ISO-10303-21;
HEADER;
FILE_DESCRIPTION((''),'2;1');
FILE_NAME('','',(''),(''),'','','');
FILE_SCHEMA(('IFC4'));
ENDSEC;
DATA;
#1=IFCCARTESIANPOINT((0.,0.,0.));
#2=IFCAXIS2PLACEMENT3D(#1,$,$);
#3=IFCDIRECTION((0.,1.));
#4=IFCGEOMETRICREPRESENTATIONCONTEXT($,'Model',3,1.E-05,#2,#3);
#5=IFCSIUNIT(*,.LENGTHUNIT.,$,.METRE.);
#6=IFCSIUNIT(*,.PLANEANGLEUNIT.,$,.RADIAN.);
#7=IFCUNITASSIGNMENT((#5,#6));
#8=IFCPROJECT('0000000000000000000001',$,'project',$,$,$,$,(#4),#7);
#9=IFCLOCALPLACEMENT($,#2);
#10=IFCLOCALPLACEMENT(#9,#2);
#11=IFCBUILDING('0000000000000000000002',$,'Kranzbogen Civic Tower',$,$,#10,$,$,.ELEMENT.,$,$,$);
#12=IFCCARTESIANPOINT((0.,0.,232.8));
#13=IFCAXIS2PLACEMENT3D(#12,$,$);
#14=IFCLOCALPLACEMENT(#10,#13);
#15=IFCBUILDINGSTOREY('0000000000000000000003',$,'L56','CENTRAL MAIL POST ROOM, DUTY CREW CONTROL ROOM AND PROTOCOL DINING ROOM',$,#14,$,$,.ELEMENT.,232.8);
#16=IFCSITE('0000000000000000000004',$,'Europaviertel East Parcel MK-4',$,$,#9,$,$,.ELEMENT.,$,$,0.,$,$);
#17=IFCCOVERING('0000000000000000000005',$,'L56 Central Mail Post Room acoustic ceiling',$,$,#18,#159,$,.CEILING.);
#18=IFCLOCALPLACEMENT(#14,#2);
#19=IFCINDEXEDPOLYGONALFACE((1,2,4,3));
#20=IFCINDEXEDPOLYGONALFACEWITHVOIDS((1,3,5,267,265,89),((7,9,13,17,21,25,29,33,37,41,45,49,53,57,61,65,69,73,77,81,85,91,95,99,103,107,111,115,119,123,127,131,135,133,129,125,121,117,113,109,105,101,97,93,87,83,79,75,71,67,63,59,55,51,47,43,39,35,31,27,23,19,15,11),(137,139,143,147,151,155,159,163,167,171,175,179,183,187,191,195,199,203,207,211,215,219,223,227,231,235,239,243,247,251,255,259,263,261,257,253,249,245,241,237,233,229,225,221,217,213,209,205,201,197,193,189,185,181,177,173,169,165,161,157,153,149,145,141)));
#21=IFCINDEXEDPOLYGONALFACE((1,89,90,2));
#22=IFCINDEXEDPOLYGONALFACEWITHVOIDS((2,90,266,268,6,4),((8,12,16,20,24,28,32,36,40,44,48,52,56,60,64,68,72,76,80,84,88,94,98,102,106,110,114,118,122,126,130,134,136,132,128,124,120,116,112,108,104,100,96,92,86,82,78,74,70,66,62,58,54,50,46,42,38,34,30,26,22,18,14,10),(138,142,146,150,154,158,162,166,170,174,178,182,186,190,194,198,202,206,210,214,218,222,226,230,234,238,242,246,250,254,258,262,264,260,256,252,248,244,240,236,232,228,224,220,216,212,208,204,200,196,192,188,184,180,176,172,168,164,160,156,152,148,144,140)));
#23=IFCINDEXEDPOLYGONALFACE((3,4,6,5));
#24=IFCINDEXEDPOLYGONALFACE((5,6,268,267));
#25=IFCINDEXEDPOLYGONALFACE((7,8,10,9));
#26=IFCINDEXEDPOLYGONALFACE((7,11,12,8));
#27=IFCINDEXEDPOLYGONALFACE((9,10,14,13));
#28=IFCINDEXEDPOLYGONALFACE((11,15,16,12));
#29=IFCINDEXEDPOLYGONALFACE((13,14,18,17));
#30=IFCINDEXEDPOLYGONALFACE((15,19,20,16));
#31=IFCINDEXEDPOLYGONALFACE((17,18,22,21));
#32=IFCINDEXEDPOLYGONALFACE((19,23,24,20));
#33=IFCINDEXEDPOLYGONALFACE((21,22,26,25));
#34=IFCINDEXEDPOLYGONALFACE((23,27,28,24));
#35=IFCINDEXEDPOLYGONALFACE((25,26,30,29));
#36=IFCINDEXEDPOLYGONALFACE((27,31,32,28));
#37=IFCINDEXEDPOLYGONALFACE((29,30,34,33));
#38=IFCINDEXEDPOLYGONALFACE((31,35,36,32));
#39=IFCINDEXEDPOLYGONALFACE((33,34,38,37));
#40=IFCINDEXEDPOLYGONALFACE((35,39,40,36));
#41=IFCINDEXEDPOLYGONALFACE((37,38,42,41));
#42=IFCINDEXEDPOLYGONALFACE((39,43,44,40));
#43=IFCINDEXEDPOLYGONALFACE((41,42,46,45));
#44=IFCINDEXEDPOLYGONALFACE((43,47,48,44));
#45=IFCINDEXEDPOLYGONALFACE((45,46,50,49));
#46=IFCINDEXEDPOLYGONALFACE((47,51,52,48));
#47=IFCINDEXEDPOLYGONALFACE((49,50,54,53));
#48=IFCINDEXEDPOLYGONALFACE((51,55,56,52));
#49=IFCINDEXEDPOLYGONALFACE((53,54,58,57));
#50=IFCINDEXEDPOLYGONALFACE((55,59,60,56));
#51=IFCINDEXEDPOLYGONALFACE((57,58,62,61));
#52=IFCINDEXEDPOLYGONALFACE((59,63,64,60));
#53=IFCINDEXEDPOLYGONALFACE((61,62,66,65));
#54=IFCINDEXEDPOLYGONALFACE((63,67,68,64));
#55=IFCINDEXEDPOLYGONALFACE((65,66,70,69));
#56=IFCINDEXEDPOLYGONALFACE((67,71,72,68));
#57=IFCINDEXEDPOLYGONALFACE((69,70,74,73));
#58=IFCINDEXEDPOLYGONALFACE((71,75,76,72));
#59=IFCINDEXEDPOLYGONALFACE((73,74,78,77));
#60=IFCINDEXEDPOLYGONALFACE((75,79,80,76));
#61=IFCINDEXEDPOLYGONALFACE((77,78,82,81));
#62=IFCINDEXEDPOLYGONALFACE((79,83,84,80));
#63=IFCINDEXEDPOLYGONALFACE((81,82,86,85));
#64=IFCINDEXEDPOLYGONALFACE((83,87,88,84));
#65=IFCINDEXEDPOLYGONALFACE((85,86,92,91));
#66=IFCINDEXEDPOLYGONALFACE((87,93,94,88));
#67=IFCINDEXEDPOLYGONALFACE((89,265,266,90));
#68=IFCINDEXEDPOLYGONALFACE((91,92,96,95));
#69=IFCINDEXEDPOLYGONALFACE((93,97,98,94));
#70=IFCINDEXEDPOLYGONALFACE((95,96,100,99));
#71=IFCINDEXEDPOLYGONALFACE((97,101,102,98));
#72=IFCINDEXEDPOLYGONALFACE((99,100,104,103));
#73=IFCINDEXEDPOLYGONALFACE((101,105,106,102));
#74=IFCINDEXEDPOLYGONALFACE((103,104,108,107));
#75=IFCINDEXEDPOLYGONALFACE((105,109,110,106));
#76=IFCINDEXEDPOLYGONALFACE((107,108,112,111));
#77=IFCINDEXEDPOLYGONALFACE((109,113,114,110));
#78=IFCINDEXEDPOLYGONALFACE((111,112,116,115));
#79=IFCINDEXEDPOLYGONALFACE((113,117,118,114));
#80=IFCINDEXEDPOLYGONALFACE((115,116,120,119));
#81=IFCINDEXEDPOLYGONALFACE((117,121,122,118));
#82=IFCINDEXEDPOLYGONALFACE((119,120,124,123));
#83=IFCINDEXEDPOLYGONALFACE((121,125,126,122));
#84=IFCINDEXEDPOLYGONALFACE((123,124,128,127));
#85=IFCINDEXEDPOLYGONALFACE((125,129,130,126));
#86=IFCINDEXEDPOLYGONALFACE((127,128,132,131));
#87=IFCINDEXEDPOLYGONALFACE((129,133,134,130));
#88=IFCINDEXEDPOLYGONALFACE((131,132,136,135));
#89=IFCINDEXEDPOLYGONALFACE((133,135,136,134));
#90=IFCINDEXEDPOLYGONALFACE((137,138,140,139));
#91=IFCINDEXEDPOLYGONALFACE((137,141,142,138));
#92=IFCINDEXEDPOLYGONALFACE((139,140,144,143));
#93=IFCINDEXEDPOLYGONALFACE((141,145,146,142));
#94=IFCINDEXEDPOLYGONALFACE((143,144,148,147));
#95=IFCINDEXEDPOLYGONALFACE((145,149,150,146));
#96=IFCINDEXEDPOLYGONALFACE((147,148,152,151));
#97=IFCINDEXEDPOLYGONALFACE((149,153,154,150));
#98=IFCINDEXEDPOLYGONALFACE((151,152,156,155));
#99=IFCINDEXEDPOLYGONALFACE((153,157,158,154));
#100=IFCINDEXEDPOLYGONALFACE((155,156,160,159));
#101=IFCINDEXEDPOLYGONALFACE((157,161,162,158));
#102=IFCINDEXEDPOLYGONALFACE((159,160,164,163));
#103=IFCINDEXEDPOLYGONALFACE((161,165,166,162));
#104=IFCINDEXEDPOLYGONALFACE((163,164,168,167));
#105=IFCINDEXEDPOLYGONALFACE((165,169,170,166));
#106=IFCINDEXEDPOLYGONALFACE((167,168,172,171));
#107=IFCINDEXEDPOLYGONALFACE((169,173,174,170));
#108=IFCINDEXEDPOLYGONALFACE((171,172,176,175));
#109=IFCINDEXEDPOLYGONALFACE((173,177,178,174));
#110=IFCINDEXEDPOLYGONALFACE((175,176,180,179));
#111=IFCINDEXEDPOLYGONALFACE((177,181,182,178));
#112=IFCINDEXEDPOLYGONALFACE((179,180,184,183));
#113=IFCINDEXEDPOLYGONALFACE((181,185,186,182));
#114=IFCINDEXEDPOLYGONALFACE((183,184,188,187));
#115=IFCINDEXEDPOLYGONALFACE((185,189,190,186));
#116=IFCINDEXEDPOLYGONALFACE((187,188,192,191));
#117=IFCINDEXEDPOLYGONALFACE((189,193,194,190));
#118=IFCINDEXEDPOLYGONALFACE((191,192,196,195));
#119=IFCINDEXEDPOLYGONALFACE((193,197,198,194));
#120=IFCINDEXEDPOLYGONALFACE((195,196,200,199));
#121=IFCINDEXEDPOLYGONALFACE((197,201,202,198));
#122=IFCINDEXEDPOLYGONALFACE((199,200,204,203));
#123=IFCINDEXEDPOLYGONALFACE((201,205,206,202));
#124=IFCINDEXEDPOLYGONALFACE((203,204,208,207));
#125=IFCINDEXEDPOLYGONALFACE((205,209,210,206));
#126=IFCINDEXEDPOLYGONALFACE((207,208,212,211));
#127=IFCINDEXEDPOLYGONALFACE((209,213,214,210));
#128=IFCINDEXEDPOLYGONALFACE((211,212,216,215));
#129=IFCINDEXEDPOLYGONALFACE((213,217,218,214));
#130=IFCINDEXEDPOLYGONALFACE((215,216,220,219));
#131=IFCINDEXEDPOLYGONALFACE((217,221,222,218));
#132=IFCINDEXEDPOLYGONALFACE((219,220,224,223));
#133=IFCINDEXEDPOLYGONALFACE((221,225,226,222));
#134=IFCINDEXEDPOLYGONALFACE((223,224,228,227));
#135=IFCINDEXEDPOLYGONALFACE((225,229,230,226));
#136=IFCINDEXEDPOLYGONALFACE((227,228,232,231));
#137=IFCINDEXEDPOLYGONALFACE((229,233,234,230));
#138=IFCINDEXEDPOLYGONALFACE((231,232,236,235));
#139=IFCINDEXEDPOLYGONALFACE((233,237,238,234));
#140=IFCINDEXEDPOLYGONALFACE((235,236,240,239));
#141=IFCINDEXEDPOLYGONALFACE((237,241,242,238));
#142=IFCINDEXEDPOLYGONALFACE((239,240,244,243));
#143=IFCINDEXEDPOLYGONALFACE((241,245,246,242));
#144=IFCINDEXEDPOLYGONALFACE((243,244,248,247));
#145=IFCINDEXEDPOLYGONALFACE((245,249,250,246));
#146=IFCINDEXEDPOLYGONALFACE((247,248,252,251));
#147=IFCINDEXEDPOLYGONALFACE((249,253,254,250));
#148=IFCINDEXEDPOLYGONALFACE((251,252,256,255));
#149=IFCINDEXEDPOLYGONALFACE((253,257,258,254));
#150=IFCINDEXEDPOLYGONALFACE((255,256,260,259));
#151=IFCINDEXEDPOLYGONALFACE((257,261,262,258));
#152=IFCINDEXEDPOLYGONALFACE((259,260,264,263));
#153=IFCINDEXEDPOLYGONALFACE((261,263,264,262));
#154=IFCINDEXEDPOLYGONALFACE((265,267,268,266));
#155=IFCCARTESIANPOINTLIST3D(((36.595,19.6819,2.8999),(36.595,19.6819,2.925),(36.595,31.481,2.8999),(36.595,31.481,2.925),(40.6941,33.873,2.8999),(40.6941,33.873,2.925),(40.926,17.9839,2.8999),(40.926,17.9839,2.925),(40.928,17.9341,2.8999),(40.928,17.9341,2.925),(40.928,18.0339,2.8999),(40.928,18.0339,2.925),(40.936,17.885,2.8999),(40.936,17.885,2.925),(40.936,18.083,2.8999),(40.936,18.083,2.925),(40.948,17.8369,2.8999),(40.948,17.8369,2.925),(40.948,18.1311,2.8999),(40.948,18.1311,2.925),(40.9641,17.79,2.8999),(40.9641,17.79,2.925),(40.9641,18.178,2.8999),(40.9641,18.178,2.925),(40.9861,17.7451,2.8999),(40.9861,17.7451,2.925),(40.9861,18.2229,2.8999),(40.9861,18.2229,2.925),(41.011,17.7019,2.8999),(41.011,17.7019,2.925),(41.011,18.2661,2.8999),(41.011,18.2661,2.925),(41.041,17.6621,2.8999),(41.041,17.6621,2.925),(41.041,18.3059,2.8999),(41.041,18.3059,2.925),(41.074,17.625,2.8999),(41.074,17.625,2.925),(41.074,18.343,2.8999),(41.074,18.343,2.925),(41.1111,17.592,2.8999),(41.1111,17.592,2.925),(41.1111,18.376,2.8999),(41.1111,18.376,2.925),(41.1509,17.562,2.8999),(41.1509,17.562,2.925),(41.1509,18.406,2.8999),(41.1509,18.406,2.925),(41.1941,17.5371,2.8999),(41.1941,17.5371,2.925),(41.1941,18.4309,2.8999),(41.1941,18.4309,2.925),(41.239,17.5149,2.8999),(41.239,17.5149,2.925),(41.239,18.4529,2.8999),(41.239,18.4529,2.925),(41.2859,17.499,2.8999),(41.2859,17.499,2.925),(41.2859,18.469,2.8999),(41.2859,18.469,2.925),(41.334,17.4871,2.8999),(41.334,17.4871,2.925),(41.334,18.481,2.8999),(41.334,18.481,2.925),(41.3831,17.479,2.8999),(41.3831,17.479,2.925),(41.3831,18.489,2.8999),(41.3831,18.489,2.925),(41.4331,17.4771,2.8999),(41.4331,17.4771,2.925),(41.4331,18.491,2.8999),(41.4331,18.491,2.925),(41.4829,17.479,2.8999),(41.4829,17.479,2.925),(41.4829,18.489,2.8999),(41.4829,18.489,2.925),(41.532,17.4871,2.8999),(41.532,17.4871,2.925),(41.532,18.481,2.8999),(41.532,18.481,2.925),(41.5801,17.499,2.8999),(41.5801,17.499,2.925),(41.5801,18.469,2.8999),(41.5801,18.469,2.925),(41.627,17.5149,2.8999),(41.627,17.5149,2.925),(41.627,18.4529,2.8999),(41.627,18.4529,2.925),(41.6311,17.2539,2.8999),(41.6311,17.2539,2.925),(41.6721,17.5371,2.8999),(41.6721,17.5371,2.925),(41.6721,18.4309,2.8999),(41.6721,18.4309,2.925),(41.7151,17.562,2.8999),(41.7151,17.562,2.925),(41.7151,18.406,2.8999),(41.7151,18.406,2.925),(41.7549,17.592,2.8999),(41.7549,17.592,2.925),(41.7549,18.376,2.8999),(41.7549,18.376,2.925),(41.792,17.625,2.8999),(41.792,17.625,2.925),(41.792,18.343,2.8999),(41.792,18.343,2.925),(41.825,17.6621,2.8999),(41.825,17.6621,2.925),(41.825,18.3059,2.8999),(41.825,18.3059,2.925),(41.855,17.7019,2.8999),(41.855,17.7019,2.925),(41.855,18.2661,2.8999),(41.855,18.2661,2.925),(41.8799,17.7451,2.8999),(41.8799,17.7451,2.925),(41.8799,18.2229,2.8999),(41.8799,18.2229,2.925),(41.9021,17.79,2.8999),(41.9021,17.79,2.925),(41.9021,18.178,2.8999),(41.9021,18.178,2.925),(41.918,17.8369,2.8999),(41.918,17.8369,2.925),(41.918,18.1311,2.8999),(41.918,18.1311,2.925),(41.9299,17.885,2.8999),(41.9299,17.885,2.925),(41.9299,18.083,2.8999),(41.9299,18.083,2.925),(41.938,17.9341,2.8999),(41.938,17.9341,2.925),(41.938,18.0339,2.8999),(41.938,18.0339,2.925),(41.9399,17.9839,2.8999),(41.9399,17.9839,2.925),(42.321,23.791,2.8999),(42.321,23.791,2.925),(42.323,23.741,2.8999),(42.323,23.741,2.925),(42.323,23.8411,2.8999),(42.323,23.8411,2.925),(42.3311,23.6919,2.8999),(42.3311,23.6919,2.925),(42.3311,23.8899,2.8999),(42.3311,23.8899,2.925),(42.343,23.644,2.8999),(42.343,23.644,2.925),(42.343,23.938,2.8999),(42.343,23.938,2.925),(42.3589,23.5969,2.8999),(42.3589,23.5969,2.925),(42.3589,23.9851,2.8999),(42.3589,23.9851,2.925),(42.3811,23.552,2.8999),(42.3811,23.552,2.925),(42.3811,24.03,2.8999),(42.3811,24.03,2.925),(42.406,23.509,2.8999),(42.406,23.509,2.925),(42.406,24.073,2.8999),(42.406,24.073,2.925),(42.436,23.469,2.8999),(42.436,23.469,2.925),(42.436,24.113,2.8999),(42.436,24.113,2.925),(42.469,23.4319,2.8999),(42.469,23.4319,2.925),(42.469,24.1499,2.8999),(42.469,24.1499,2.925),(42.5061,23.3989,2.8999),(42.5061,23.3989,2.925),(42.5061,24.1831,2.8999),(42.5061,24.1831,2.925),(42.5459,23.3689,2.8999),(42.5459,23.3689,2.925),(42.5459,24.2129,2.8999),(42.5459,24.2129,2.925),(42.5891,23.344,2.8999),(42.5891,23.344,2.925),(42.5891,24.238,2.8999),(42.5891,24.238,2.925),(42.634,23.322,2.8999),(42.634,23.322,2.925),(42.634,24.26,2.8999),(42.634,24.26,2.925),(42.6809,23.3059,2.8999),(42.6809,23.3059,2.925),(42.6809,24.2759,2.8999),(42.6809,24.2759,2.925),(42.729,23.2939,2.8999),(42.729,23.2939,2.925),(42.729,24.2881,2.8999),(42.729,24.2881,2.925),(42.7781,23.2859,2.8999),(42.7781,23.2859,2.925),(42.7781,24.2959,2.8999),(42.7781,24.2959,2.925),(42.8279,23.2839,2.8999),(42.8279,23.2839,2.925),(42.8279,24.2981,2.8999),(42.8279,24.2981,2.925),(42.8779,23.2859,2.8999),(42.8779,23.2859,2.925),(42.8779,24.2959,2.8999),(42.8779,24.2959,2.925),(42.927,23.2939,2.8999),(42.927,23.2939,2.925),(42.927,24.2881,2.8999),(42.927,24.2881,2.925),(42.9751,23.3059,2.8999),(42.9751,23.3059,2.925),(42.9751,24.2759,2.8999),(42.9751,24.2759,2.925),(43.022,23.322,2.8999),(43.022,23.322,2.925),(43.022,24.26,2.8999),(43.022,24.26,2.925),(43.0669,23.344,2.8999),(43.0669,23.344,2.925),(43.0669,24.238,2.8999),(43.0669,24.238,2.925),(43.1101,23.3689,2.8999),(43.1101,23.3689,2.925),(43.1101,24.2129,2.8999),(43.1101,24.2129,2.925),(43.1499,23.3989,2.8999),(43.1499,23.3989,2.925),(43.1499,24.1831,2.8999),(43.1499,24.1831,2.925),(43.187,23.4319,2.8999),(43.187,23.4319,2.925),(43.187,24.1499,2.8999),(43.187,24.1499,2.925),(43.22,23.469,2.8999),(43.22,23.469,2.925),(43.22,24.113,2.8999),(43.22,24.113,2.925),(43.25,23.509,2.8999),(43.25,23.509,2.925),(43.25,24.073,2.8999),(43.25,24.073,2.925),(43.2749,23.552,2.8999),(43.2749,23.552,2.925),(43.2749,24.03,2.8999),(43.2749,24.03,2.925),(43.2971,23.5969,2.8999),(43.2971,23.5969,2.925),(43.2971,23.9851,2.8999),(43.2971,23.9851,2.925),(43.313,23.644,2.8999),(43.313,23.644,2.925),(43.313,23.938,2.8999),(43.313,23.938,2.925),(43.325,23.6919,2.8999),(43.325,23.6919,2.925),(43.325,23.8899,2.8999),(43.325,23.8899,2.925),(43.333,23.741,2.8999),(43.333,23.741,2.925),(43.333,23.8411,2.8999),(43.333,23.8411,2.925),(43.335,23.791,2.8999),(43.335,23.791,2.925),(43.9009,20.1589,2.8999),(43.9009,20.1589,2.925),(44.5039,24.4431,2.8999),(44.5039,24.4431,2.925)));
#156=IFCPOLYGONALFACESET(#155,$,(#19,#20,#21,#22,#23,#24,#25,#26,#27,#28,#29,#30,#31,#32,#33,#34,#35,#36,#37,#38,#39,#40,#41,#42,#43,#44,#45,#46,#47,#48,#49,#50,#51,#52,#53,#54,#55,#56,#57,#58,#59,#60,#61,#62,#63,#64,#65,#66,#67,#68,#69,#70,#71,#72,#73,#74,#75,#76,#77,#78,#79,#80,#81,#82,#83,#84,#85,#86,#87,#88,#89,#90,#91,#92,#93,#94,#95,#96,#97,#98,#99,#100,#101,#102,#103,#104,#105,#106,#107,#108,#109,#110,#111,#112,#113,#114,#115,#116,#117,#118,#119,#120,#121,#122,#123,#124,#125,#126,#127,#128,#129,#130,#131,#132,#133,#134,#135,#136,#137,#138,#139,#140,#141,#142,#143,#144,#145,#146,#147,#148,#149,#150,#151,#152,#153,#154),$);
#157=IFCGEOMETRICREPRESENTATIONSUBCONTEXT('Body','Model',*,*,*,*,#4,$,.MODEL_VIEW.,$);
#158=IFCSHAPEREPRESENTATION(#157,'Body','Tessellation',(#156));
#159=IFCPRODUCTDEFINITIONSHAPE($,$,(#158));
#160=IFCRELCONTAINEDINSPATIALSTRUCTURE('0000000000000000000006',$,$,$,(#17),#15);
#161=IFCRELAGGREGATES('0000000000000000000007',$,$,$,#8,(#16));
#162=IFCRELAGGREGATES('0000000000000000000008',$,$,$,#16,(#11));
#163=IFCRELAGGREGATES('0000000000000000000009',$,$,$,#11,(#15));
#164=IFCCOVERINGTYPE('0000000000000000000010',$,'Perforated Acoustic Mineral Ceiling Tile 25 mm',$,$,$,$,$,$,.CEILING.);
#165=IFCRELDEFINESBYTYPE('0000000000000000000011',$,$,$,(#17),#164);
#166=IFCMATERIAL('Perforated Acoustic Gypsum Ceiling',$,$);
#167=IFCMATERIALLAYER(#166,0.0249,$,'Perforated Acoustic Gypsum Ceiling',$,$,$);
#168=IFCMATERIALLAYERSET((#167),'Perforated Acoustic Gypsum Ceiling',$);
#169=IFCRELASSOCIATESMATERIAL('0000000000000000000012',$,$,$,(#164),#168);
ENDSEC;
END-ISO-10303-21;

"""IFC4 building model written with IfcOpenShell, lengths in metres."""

from ifc_helpers import new_model, si_unit, direction, frame, origin, place, context, subcontext, project, spatial, polyline, outline, extrude, material, layer, layer_set, type_object, element, save


model = new_model("IFC4")

# Units and contexts
model_context = context("Model", 3, precision=1e-05, world=origin(), true_north=direction((0.0, 1.0)))
body_context = subcontext(model_context, "Body", "Model", "MODEL_VIEW")
ifc_project = project(units=[si_unit("LENGTHUNIT", "METRE"), si_unit("PLANEANGLEUNIT", "RADIAN")], contexts=[model_context])

# Site, building, storey
site_placement = place(None, origin())
site = spatial("IfcSite", under=ifc_project, at=site_placement, Name="Europaviertel East Parcel MK-4", CompositionType="ELEMENT", RefElevation=0.0)
building_placement = place(site_placement, origin())
building = spatial("IfcBuilding", under=site, at=building_placement, Name="Kranzbogen Civic Tower", CompositionType="ELEMENT")
storey_placement = place(building_placement, frame((0.0, 0.0, 232.8)))
storey = spatial("IfcBuildingStorey", under=building, at=storey_placement, Name="L56", Description="CENTRAL MAIL POST ROOM, DUTY CREW CONTROL ROOM AND PROTOCOL DINING ROOM", CompositionType="ELEMENT", Elevation=232.8)

# Covering
ifc_material_1 = material(Name="Perforated Acoustic Gypsum Ceiling")
ifc_layer_1 = layer(ifc_material_1, 0.0249, Name="Perforated Acoustic Gypsum Ceiling")
ifc_layer_set_1 = layer_set([ifc_layer_1], Name="Perforated Acoustic Gypsum Ceiling")
covering_type = type_object("IfcCoveringType", Name="Perforated Acoustic Mineral Ceiling Tile 25 mm", PredefinedType="CEILING", material=ifc_layer_set_1)
covering_1_placement = place(storey_placement, frame((0.0, 0.0, 2.8999)))
element("IfcCovering", 1, at=covering_1_placement, inside=storey, type_object=covering_type, Name="L56 Central Mail Post Room acoustic ceiling", PredefinedType="CEILING", context=body_context, shape_type="SweptSolid", body=[
    extrude(outline(polyline([(43.9009, 20.1589), (41.6311, 17.2539), (36.595, 19.6819), (36.595, 31.481), (40.6941, 33.873), (44.5039, 24.4431), (43.9009, 20.1589)]), holes=[polyline([(41.9021, 17.79), (41.8799, 17.7451), (41.855, 17.7019), (41.825, 17.6621), (41.792, 17.625), (41.7549, 17.592), (41.7151, 17.562), (41.6721, 17.5371), (41.627, 17.5149), (41.5801, 17.499), (41.532, 17.4871), (41.4829, 17.479), (41.4331, 17.4771), (41.3831, 17.479), (41.334, 17.4871), (41.2859, 17.499), (41.239, 17.5149), (41.1941, 17.5371), (41.1509, 17.562), (41.1111, 17.592), (41.074, 17.625), (41.041, 17.6621), (41.011, 17.7019), (40.9861, 17.7451), (40.9641, 17.79), (40.948, 17.8369), (40.936, 17.885), (40.928, 17.9341), (40.926, 17.9839), (40.928, 18.0339), (40.936, 18.083), (40.948, 18.1311), (40.9641, 18.178), (40.9861, 18.2229), (41.011, 18.2661), (41.041, 18.3059), (41.074, 18.343), (41.1111, 18.376), (41.1509, 18.406), (41.1941, 18.4309), (41.239, 18.4529), (41.2859, 18.469), (41.334, 18.481), (41.3831, 18.489), (41.4331, 18.491), (41.4829, 18.489), (41.532, 18.481), (41.5801, 18.469), (41.627, 18.4529), (41.6721, 18.4309), (41.7151, 18.406), (41.7549, 18.376), (41.792, 18.343), (41.825, 18.3059), (41.855, 18.2661), (41.8799, 18.2229), (41.9021, 18.178), (41.918, 18.1311), (41.9299, 18.083), (41.938, 18.0339), (41.9399, 17.9839), (41.938, 17.9341), (41.9299, 17.885), (41.918, 17.8369), (41.9021, 17.79)]), polyline([(43.2971, 23.5969), (43.2749, 23.552), (43.25, 23.509), (43.22, 23.469), (43.187, 23.4319), (43.1499, 23.3989), (43.1101, 23.3689), (43.0669, 23.344), (43.022, 23.322), (42.9751, 23.3059), (42.927, 23.2939), (42.8779, 23.2859), (42.8279, 23.2839), (42.7781, 23.2859), (42.729, 23.2939), (42.6809, 23.3059), (42.634, 23.322), (42.5891, 23.344), (42.5459, 23.3689), (42.5061, 23.3989), (42.469, 23.4319), (42.436, 23.469), (42.406, 23.509), (42.3811, 23.552), (42.3589, 23.5969), (42.343, 23.644), (42.3311, 23.6919), (42.323, 23.741), (42.321, 23.791), (42.323, 23.8411), (42.3311, 23.8899), (42.343, 23.938), (42.3589, 23.9851), (42.3811, 24.03), (42.406, 24.073), (42.436, 24.113), (42.469, 24.1499), (42.5061, 24.1831), (42.5459, 24.2129), (42.5891, 24.238), (42.634, 24.26), (42.6809, 24.2759), (42.729, 24.2881), (42.7781, 24.2959), (42.8279, 24.2981), (42.8779, 24.2959), (42.927, 24.2881), (42.9751, 24.2759), (43.022, 24.26), (43.0669, 24.238), (43.1101, 24.2129), (43.1499, 24.1831), (43.187, 24.1499), (43.22, 24.113), (43.25, 24.073), (43.2749, 24.03), (43.2971, 23.9851), (43.313, 23.938), (43.325, 23.8899), (43.333, 23.8411), (43.335, 23.791), (43.333, 23.741), (43.325, 23.6919), (43.313, 23.644), (43.2971, 23.5969)])]), origin(), (0.0, 0.0, 1.0), 0.0251),
])

save(model, "model.ifc")
